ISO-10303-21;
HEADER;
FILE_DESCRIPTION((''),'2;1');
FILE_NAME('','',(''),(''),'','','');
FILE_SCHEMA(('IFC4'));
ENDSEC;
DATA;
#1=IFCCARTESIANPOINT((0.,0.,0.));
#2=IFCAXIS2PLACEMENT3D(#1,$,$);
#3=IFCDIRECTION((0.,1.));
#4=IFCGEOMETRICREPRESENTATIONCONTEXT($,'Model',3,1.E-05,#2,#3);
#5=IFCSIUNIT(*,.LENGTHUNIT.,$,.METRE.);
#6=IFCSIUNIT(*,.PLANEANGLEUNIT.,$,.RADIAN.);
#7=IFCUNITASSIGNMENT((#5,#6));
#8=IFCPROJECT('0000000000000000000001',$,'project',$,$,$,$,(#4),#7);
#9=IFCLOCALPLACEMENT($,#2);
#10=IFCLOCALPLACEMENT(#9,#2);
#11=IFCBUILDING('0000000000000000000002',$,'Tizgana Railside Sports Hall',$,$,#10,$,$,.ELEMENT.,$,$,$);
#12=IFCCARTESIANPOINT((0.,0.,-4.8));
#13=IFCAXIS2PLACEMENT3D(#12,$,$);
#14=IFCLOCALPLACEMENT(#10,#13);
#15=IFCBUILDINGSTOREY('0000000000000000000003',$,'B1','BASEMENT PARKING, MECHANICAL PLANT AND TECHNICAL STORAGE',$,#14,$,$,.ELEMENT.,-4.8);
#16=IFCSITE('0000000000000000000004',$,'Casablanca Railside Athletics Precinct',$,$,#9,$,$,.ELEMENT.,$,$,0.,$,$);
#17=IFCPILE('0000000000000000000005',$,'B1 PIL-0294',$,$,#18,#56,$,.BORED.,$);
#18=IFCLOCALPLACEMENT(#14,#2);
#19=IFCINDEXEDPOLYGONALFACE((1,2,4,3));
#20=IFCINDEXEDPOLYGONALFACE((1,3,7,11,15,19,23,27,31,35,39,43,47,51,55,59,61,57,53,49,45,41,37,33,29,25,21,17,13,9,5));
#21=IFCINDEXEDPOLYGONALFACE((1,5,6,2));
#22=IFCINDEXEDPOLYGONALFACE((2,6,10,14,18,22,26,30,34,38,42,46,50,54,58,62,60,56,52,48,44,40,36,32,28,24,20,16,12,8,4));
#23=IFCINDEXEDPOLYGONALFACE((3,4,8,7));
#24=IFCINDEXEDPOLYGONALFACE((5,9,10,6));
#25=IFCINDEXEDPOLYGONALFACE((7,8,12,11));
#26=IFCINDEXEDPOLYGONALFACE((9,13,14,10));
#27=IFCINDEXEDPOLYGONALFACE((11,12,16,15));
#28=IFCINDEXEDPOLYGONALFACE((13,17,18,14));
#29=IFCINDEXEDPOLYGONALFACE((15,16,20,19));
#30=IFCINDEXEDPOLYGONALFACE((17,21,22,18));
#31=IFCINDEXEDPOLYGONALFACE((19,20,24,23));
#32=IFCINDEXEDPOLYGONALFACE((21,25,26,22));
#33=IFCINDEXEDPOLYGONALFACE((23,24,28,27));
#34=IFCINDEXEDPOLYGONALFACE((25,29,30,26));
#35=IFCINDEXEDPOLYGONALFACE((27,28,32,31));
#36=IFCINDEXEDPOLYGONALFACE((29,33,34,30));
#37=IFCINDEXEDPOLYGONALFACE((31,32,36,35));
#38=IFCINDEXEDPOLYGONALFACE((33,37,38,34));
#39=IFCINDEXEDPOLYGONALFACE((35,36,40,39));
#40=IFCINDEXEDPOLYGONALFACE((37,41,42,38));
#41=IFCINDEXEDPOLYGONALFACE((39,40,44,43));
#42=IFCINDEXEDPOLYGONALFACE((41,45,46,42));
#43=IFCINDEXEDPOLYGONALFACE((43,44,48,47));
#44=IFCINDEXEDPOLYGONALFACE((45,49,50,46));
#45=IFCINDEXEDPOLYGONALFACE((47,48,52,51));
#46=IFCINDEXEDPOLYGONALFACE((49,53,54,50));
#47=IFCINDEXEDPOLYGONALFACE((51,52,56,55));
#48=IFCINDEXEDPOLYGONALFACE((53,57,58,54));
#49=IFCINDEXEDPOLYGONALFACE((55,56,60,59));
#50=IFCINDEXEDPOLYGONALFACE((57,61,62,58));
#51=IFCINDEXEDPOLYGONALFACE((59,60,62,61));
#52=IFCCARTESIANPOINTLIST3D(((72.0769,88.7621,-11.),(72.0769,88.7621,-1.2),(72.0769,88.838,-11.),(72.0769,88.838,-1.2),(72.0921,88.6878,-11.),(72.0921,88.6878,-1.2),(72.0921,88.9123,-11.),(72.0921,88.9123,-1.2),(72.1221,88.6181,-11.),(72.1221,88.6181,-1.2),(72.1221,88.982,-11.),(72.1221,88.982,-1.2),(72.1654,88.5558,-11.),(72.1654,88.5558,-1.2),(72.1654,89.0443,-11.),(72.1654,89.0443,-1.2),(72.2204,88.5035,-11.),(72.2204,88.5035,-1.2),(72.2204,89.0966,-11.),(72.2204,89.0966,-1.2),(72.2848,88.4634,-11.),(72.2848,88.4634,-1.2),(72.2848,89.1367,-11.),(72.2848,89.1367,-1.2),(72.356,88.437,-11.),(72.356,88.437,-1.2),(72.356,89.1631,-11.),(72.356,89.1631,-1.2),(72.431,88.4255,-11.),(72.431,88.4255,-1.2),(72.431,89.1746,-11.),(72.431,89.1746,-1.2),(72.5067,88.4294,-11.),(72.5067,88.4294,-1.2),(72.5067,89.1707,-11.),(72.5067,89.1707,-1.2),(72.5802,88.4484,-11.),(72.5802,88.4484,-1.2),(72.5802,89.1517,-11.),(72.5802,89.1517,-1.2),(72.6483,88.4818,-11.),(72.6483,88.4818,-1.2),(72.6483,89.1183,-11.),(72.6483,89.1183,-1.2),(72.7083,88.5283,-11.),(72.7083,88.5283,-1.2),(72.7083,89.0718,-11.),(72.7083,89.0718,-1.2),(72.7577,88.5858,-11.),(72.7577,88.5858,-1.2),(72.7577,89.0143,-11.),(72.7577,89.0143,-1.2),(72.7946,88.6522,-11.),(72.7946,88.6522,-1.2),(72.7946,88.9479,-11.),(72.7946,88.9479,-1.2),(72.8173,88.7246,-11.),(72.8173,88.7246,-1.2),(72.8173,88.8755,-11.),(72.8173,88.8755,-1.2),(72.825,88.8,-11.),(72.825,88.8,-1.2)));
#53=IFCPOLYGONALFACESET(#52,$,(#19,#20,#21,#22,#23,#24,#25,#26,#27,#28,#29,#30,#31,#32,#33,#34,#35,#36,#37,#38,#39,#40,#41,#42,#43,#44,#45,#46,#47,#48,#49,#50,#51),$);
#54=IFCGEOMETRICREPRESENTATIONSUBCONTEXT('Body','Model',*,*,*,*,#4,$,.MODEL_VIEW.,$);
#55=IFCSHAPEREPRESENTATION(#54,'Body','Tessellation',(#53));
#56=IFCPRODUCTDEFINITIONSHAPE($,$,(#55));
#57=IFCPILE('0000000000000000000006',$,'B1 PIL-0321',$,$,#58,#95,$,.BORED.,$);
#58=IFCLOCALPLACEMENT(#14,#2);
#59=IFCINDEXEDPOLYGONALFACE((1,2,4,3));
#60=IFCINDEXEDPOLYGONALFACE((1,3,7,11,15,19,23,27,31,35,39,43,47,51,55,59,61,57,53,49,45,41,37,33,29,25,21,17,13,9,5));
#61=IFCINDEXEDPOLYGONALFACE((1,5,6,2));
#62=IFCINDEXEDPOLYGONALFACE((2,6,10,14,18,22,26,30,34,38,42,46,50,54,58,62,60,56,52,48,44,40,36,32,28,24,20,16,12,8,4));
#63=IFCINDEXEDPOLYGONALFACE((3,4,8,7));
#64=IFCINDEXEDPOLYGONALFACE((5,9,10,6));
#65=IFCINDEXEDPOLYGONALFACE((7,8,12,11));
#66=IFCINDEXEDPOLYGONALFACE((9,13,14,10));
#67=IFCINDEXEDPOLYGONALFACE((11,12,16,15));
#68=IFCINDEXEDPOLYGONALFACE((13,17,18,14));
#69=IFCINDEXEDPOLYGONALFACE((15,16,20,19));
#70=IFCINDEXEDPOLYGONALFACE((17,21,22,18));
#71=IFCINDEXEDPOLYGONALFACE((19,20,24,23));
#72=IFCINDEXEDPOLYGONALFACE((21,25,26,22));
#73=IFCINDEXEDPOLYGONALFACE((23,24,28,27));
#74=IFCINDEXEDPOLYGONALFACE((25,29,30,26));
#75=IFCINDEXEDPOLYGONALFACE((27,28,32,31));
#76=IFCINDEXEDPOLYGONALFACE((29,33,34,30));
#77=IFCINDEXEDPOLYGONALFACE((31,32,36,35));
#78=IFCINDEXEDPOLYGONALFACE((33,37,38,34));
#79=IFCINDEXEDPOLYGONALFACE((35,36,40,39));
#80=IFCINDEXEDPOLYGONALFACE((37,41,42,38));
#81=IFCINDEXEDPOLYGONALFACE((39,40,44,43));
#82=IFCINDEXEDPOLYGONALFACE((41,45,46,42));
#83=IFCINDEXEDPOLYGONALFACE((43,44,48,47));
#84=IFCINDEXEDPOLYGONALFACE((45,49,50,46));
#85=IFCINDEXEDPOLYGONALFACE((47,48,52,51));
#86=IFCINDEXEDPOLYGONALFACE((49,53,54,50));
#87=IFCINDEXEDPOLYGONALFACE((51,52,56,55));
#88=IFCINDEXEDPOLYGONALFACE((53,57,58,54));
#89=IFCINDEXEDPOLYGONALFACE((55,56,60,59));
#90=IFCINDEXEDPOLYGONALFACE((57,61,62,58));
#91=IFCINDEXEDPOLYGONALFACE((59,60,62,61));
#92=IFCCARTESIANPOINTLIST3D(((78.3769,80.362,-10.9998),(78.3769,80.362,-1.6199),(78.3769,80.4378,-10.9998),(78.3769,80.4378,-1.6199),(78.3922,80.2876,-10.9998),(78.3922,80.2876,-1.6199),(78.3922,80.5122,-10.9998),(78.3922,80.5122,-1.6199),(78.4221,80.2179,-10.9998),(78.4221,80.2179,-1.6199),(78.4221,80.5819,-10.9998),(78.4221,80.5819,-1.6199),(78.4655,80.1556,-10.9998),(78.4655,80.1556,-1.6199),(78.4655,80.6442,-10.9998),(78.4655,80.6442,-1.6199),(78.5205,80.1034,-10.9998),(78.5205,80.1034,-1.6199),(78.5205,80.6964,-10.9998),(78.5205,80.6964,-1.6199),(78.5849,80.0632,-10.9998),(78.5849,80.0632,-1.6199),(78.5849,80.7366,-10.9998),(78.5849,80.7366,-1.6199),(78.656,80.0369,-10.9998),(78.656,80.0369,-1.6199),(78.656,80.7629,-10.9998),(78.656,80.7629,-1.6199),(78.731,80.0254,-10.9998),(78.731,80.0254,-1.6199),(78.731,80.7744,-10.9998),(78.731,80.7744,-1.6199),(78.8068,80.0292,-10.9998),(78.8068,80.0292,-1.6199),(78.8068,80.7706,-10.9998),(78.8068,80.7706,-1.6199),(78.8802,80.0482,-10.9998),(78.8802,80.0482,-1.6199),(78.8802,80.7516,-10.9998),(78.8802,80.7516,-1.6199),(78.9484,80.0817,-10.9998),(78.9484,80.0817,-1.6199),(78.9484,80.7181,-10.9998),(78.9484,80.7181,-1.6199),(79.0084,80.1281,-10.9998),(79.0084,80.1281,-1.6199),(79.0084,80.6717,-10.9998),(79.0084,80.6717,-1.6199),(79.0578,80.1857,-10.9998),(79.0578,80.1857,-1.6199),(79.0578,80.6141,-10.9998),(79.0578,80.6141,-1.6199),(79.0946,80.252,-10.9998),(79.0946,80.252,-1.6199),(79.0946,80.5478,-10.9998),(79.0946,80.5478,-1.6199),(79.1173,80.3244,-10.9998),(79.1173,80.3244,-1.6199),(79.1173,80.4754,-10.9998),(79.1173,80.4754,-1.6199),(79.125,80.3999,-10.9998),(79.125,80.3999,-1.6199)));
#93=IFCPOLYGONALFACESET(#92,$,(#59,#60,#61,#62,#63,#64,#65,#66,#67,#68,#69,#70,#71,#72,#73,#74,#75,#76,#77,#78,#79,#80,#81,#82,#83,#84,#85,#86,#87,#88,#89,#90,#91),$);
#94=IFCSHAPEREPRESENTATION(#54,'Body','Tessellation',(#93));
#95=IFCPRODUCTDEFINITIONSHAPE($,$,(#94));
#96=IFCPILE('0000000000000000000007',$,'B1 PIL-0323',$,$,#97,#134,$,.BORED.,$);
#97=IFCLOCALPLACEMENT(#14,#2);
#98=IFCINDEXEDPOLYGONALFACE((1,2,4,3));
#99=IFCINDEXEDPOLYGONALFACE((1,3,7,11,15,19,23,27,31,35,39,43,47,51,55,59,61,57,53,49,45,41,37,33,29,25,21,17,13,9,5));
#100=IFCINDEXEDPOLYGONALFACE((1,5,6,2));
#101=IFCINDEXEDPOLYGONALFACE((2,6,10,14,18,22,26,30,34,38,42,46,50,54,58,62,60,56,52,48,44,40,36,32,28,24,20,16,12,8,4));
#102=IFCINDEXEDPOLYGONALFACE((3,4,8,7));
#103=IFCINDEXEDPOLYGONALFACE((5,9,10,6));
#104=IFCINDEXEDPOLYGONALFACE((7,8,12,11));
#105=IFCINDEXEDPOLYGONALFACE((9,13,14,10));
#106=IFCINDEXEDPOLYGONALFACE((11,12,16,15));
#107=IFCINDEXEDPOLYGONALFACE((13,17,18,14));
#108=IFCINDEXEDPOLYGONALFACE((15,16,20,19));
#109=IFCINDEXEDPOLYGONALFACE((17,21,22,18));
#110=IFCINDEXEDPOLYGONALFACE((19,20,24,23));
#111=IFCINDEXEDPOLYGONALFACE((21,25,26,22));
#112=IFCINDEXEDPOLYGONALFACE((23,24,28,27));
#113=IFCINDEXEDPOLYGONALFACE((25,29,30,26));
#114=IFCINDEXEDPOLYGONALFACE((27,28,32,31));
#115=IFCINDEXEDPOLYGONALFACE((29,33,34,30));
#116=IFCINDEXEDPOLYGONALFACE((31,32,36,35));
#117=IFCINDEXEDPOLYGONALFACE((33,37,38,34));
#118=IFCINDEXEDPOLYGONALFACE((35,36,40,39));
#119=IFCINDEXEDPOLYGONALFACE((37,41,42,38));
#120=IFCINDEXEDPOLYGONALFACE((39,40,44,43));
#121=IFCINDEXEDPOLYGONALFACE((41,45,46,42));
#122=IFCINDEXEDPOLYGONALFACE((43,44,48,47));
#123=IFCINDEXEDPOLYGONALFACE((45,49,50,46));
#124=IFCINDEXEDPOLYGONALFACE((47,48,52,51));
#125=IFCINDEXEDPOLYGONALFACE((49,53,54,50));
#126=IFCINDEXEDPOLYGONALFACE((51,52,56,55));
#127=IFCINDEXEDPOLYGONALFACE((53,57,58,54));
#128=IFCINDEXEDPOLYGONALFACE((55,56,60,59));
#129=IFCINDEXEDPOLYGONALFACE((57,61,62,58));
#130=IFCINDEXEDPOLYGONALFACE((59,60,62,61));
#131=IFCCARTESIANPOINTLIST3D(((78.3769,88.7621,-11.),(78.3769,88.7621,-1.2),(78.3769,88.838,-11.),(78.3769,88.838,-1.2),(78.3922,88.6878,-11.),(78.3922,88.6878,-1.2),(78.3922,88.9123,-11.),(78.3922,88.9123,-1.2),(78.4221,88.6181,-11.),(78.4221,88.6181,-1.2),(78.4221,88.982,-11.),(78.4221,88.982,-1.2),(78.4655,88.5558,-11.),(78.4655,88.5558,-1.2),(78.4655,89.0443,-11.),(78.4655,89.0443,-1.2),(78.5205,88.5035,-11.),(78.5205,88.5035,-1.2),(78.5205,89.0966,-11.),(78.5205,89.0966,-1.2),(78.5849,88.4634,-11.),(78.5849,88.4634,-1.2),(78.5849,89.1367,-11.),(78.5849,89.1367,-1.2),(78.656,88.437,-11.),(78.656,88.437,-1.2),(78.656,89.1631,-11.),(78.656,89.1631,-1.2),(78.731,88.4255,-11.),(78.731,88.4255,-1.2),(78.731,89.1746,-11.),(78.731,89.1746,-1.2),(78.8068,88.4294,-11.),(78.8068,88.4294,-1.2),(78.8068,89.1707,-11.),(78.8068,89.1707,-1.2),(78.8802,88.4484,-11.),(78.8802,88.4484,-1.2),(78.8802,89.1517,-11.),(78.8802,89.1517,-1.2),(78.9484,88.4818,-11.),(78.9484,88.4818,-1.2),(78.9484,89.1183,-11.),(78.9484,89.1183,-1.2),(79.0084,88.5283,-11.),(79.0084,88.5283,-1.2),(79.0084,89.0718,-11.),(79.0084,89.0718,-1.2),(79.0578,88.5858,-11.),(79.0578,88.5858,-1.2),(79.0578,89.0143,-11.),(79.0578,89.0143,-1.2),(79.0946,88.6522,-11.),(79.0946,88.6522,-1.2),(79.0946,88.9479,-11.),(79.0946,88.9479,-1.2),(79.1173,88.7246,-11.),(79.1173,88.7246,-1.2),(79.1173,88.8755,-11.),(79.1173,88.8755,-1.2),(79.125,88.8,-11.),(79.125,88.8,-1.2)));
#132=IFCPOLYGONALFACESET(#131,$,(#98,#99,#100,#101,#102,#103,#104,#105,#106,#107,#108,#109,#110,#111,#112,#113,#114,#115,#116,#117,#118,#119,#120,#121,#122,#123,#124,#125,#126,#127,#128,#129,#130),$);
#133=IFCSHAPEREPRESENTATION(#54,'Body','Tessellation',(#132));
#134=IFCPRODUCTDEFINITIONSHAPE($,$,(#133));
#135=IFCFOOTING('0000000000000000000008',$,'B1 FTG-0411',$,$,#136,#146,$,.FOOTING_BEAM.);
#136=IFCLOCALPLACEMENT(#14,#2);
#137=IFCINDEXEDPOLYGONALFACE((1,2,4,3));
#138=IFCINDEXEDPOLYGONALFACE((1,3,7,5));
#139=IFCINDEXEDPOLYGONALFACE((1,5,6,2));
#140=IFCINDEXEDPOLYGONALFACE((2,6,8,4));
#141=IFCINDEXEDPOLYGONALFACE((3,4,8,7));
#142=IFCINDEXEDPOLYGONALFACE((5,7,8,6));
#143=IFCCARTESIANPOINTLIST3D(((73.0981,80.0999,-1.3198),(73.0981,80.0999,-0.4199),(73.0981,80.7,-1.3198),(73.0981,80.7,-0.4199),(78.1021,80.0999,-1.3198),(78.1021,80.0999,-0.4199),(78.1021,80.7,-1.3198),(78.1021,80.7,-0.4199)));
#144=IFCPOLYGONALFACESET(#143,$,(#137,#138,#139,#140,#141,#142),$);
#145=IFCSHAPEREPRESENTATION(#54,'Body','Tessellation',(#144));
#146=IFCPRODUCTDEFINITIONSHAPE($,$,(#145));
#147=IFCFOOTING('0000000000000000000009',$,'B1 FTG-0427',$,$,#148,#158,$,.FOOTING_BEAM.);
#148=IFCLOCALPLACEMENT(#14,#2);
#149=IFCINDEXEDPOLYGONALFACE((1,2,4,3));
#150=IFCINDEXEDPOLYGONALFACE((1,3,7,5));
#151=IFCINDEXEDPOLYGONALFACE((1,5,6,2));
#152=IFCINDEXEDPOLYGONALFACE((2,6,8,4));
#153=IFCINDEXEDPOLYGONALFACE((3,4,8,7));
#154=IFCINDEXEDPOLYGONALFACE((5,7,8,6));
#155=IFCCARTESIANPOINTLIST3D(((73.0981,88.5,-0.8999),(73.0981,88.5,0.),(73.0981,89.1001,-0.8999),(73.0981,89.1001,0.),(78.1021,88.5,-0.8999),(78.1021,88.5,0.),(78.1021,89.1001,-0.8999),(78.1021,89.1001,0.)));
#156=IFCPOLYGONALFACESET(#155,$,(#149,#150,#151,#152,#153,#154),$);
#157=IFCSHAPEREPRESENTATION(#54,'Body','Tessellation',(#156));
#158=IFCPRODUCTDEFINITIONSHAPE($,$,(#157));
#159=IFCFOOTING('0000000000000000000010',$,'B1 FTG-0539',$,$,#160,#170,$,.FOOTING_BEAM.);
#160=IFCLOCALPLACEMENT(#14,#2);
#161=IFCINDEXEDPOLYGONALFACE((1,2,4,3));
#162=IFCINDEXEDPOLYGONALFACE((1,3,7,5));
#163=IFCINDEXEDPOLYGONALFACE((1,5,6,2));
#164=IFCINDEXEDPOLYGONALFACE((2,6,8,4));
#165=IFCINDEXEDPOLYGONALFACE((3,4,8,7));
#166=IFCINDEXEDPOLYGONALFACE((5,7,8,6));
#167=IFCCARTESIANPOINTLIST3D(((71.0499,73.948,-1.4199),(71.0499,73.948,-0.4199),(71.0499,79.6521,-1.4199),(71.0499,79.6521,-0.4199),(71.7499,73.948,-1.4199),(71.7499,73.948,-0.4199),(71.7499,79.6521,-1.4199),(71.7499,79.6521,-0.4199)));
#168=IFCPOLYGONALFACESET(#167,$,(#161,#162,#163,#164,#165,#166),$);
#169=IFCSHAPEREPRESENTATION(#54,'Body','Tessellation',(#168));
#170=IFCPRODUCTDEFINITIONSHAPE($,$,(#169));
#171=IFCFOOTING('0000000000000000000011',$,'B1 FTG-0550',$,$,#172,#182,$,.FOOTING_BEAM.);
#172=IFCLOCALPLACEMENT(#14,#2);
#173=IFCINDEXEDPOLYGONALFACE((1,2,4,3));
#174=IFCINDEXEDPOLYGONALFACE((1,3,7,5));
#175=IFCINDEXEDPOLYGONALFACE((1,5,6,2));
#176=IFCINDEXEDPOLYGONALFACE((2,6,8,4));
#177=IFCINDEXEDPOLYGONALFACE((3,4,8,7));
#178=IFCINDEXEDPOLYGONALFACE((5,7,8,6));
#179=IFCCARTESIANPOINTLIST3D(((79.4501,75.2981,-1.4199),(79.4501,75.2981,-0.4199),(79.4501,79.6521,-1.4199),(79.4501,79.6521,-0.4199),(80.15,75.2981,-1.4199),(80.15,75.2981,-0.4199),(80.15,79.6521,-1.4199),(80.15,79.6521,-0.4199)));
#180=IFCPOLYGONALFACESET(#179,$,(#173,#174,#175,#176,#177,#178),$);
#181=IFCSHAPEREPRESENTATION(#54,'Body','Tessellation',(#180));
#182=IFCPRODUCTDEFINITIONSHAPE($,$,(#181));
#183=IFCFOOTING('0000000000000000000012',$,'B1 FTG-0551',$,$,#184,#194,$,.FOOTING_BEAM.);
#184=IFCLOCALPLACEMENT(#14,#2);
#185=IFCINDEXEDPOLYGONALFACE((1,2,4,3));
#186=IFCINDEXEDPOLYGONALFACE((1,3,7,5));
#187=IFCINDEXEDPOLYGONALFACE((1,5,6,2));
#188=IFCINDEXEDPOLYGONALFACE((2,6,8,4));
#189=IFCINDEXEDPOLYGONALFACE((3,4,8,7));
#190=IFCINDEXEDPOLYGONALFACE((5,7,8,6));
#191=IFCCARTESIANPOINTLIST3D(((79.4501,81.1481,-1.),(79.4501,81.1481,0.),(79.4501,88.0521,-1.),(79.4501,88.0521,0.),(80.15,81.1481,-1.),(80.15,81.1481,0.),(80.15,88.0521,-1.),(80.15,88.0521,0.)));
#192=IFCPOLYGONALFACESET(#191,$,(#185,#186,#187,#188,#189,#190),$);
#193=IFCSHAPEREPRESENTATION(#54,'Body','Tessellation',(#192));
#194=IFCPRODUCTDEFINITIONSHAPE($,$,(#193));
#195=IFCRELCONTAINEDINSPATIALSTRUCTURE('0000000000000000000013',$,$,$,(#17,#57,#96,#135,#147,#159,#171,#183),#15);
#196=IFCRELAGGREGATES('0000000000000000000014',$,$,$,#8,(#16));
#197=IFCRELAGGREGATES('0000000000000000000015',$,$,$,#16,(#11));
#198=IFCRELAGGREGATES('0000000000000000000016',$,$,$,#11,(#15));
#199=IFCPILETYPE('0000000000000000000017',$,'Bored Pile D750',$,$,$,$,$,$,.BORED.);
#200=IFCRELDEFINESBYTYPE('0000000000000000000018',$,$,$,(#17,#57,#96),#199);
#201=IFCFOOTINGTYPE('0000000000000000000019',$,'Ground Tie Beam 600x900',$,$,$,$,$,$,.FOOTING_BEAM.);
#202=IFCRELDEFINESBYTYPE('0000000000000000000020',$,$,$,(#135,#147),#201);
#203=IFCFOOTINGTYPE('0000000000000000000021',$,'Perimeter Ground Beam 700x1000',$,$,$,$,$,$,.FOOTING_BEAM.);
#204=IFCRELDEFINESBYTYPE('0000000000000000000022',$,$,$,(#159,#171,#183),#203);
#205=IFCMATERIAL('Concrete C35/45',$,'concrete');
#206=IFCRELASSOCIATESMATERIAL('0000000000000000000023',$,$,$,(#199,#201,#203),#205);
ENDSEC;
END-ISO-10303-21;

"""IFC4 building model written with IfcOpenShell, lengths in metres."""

from ifc_helpers import new_model, si_unit, direction, frame, origin, origin_2d, place, context, subcontext, project, spatial, rectangle, circle, extrude, material, material_profile, profile_set, type_object, element, save


model = new_model("IFC4")

# Units and contexts
model_context = context("Model", 3, precision=1e-05, world=origin(), true_north=direction((0.0, 1.0)))
body_context = subcontext(model_context, "Body", "Model", "MODEL_VIEW")
ifc_project = project(units=[si_unit("LENGTHUNIT", "METRE"), si_unit("PLANEANGLEUNIT", "RADIAN")], contexts=[model_context])

# Site, building, storey
site_placement = place(None, origin())
site = spatial("IfcSite", under=ifc_project, at=site_placement, Name="Casablanca Railside Athletics Precinct", CompositionType="ELEMENT", RefElevation=0.0)
building_placement = place(site_placement, origin())
building = spatial("IfcBuilding", under=site, at=building_placement, Name="Tizgana Railside Sports Hall", CompositionType="ELEMENT")
storey_placement = place(building_placement, frame((0.0, 0.0, -4.8)))
storey = spatial("IfcBuildingStorey", under=building, at=storey_placement, Name="B1", Description="BASEMENT PARKING, MECHANICAL PLANT AND TECHNICAL STORAGE", CompositionType="ELEMENT", Elevation=-4.8)

# Piles
ifc_material_1 = material(Name="Concrete C35/45", Category="concrete")
ifc_material_profile_1 = material_profile(ifc_material_1, circle(Radius=0.375, at=origin_2d()), Name="PILE D750")
ifc_profile_set_1 = profile_set([ifc_material_profile_1], Name="Concrete C35/45")
pile_type_1 = type_object("IfcPileType", Name="Bored Pile D750", PredefinedType="BORED", material=ifc_profile_set_1)
for number, where, z_axis, x_axis, name in (
    (1, (72.45, 88.8, -1.2), (0.0, 0.0, -1.0), (1.0, 0.0, 0.0), "B1 PIL-0294"),
):
    element("IfcPile", number, at=place(storey_placement, frame(where, z_axis=z_axis, x_axis=x_axis)), inside=storey, type_object=pile_type_1, Name=name, PredefinedType="BORED", context=body_context, shape_type="SweptSolid", body=[
        extrude(circle(Radius=0.375, at=origin_2d()), origin(), (0.0, 0.0, 1.0), 9.8),
    ])
pile_1_placement = place(storey_placement, frame((78.75, 80.3999, -1.6199), z_axis=(0.0, 0.0, -1.0), x_axis=(1.0, 0.0, 0.0)))
element("IfcPile", 2, at=pile_1_placement, inside=storey, type_object=pile_type_1, Name="B1 PIL-0321", PredefinedType="BORED", context=body_context, shape_type="SweptSolid", body=[
    extrude(circle(Radius=0.375, at=origin_2d()), origin(), (0.0, 0.0, 1.0), 9.3799),
])
pile_2_placement = place(storey_placement, frame((78.75, 88.8, -1.2), z_axis=(0.0, 0.0, -1.0), x_axis=(1.0, 0.0, 0.0)))
element("IfcPile", 3, at=pile_2_placement, inside=storey, type_object=pile_type_1, Name="B1 PIL-0323", PredefinedType="BORED", context=body_context, shape_type="SweptSolid", body=[
    extrude(circle(Radius=0.375, at=origin_2d()), origin(), (0.0, 0.0, 1.0), 9.8),
])

# Footings
footing_type_1 = type_object("IfcFootingType", Name="Ground Tie Beam 600x900", PredefinedType="FOOTING_BEAM", material=ifc_material_1)
for number, where, z_axis, x_axis, name in (
    (4, (75.6001, 80.3999, -1.3198), (0.0, 0.0, 1.0), (1.0, 0.0, 0.0), "B1 FTG-0411"),
    (5, (75.6001, 88.8, -0.8999), (0.0, 0.0, 1.0), (1.0, 0.0, 0.0), "B1 FTG-0427"),
):
    element("IfcFooting", number, at=place(storey_placement, frame(where, z_axis=z_axis, x_axis=x_axis)), inside=storey, type_object=footing_type_1, Name=name, PredefinedType="FOOTING_BEAM", context=body_context, shape_type="SweptSolid", body=[
        extrude(rectangle(XDim=5.0039, YDim=0.6001, at=origin_2d()), origin(), (0.0, 0.0, 1.0), 0.8999),
    ])
footing_type_2 = type_object("IfcFootingType", Name="Perimeter Ground Beam 700x1000", PredefinedType="FOOTING_BEAM", material=ifc_material_1)
footing_1_placement = place(storey_placement, frame((71.3999, 76.8, -1.4199), z_axis=(0.0, 0.0, 1.0), x_axis=(0.0, 1.0, 0.0)))
element("IfcFooting", 6, at=footing_1_placement, inside=storey, type_object=footing_type_2, Name="B1 FTG-0539", PredefinedType="FOOTING_BEAM", context=body_context, shape_type="SweptSolid", body=[
    extrude(rectangle(XDim=5.7041, YDim=0.7, at=origin_2d()), origin(), (0.0, 0.0, 1.0), 1.0),
])
footing_2_placement = place(storey_placement, frame((79.8, 77.4751, -1.4199), z_axis=(0.0, 0.0, 1.0), x_axis=(0.0, 1.0, 0.0)))
element("IfcFooting", 7, at=footing_2_placement, inside=storey, type_object=footing_type_2, Name="B1 FTG-0550", PredefinedType="FOOTING_BEAM", context=body_context, shape_type="SweptSolid", body=[
    extrude(rectangle(XDim=4.354, YDim=0.7, at=origin_2d()), origin(), (0.0, 0.0, 1.0), 1.0),
])
footing_3_placement = place(storey_placement, frame((79.8, 84.6001, -1.0), z_axis=(0.0, 0.0, 1.0), x_axis=(0.0, 1.0, 0.0)))
element("IfcFooting", 8, at=footing_3_placement, inside=storey, type_object=footing_type_2, Name="B1 FTG-0551", PredefinedType="FOOTING_BEAM", context=body_context, shape_type="SweptSolid", body=[
    extrude(rectangle(XDim=6.9041, YDim=0.7, at=origin_2d()), origin(), (0.0, 0.0, 1.0), 1.0),
])

save(model, "model.ifc")
